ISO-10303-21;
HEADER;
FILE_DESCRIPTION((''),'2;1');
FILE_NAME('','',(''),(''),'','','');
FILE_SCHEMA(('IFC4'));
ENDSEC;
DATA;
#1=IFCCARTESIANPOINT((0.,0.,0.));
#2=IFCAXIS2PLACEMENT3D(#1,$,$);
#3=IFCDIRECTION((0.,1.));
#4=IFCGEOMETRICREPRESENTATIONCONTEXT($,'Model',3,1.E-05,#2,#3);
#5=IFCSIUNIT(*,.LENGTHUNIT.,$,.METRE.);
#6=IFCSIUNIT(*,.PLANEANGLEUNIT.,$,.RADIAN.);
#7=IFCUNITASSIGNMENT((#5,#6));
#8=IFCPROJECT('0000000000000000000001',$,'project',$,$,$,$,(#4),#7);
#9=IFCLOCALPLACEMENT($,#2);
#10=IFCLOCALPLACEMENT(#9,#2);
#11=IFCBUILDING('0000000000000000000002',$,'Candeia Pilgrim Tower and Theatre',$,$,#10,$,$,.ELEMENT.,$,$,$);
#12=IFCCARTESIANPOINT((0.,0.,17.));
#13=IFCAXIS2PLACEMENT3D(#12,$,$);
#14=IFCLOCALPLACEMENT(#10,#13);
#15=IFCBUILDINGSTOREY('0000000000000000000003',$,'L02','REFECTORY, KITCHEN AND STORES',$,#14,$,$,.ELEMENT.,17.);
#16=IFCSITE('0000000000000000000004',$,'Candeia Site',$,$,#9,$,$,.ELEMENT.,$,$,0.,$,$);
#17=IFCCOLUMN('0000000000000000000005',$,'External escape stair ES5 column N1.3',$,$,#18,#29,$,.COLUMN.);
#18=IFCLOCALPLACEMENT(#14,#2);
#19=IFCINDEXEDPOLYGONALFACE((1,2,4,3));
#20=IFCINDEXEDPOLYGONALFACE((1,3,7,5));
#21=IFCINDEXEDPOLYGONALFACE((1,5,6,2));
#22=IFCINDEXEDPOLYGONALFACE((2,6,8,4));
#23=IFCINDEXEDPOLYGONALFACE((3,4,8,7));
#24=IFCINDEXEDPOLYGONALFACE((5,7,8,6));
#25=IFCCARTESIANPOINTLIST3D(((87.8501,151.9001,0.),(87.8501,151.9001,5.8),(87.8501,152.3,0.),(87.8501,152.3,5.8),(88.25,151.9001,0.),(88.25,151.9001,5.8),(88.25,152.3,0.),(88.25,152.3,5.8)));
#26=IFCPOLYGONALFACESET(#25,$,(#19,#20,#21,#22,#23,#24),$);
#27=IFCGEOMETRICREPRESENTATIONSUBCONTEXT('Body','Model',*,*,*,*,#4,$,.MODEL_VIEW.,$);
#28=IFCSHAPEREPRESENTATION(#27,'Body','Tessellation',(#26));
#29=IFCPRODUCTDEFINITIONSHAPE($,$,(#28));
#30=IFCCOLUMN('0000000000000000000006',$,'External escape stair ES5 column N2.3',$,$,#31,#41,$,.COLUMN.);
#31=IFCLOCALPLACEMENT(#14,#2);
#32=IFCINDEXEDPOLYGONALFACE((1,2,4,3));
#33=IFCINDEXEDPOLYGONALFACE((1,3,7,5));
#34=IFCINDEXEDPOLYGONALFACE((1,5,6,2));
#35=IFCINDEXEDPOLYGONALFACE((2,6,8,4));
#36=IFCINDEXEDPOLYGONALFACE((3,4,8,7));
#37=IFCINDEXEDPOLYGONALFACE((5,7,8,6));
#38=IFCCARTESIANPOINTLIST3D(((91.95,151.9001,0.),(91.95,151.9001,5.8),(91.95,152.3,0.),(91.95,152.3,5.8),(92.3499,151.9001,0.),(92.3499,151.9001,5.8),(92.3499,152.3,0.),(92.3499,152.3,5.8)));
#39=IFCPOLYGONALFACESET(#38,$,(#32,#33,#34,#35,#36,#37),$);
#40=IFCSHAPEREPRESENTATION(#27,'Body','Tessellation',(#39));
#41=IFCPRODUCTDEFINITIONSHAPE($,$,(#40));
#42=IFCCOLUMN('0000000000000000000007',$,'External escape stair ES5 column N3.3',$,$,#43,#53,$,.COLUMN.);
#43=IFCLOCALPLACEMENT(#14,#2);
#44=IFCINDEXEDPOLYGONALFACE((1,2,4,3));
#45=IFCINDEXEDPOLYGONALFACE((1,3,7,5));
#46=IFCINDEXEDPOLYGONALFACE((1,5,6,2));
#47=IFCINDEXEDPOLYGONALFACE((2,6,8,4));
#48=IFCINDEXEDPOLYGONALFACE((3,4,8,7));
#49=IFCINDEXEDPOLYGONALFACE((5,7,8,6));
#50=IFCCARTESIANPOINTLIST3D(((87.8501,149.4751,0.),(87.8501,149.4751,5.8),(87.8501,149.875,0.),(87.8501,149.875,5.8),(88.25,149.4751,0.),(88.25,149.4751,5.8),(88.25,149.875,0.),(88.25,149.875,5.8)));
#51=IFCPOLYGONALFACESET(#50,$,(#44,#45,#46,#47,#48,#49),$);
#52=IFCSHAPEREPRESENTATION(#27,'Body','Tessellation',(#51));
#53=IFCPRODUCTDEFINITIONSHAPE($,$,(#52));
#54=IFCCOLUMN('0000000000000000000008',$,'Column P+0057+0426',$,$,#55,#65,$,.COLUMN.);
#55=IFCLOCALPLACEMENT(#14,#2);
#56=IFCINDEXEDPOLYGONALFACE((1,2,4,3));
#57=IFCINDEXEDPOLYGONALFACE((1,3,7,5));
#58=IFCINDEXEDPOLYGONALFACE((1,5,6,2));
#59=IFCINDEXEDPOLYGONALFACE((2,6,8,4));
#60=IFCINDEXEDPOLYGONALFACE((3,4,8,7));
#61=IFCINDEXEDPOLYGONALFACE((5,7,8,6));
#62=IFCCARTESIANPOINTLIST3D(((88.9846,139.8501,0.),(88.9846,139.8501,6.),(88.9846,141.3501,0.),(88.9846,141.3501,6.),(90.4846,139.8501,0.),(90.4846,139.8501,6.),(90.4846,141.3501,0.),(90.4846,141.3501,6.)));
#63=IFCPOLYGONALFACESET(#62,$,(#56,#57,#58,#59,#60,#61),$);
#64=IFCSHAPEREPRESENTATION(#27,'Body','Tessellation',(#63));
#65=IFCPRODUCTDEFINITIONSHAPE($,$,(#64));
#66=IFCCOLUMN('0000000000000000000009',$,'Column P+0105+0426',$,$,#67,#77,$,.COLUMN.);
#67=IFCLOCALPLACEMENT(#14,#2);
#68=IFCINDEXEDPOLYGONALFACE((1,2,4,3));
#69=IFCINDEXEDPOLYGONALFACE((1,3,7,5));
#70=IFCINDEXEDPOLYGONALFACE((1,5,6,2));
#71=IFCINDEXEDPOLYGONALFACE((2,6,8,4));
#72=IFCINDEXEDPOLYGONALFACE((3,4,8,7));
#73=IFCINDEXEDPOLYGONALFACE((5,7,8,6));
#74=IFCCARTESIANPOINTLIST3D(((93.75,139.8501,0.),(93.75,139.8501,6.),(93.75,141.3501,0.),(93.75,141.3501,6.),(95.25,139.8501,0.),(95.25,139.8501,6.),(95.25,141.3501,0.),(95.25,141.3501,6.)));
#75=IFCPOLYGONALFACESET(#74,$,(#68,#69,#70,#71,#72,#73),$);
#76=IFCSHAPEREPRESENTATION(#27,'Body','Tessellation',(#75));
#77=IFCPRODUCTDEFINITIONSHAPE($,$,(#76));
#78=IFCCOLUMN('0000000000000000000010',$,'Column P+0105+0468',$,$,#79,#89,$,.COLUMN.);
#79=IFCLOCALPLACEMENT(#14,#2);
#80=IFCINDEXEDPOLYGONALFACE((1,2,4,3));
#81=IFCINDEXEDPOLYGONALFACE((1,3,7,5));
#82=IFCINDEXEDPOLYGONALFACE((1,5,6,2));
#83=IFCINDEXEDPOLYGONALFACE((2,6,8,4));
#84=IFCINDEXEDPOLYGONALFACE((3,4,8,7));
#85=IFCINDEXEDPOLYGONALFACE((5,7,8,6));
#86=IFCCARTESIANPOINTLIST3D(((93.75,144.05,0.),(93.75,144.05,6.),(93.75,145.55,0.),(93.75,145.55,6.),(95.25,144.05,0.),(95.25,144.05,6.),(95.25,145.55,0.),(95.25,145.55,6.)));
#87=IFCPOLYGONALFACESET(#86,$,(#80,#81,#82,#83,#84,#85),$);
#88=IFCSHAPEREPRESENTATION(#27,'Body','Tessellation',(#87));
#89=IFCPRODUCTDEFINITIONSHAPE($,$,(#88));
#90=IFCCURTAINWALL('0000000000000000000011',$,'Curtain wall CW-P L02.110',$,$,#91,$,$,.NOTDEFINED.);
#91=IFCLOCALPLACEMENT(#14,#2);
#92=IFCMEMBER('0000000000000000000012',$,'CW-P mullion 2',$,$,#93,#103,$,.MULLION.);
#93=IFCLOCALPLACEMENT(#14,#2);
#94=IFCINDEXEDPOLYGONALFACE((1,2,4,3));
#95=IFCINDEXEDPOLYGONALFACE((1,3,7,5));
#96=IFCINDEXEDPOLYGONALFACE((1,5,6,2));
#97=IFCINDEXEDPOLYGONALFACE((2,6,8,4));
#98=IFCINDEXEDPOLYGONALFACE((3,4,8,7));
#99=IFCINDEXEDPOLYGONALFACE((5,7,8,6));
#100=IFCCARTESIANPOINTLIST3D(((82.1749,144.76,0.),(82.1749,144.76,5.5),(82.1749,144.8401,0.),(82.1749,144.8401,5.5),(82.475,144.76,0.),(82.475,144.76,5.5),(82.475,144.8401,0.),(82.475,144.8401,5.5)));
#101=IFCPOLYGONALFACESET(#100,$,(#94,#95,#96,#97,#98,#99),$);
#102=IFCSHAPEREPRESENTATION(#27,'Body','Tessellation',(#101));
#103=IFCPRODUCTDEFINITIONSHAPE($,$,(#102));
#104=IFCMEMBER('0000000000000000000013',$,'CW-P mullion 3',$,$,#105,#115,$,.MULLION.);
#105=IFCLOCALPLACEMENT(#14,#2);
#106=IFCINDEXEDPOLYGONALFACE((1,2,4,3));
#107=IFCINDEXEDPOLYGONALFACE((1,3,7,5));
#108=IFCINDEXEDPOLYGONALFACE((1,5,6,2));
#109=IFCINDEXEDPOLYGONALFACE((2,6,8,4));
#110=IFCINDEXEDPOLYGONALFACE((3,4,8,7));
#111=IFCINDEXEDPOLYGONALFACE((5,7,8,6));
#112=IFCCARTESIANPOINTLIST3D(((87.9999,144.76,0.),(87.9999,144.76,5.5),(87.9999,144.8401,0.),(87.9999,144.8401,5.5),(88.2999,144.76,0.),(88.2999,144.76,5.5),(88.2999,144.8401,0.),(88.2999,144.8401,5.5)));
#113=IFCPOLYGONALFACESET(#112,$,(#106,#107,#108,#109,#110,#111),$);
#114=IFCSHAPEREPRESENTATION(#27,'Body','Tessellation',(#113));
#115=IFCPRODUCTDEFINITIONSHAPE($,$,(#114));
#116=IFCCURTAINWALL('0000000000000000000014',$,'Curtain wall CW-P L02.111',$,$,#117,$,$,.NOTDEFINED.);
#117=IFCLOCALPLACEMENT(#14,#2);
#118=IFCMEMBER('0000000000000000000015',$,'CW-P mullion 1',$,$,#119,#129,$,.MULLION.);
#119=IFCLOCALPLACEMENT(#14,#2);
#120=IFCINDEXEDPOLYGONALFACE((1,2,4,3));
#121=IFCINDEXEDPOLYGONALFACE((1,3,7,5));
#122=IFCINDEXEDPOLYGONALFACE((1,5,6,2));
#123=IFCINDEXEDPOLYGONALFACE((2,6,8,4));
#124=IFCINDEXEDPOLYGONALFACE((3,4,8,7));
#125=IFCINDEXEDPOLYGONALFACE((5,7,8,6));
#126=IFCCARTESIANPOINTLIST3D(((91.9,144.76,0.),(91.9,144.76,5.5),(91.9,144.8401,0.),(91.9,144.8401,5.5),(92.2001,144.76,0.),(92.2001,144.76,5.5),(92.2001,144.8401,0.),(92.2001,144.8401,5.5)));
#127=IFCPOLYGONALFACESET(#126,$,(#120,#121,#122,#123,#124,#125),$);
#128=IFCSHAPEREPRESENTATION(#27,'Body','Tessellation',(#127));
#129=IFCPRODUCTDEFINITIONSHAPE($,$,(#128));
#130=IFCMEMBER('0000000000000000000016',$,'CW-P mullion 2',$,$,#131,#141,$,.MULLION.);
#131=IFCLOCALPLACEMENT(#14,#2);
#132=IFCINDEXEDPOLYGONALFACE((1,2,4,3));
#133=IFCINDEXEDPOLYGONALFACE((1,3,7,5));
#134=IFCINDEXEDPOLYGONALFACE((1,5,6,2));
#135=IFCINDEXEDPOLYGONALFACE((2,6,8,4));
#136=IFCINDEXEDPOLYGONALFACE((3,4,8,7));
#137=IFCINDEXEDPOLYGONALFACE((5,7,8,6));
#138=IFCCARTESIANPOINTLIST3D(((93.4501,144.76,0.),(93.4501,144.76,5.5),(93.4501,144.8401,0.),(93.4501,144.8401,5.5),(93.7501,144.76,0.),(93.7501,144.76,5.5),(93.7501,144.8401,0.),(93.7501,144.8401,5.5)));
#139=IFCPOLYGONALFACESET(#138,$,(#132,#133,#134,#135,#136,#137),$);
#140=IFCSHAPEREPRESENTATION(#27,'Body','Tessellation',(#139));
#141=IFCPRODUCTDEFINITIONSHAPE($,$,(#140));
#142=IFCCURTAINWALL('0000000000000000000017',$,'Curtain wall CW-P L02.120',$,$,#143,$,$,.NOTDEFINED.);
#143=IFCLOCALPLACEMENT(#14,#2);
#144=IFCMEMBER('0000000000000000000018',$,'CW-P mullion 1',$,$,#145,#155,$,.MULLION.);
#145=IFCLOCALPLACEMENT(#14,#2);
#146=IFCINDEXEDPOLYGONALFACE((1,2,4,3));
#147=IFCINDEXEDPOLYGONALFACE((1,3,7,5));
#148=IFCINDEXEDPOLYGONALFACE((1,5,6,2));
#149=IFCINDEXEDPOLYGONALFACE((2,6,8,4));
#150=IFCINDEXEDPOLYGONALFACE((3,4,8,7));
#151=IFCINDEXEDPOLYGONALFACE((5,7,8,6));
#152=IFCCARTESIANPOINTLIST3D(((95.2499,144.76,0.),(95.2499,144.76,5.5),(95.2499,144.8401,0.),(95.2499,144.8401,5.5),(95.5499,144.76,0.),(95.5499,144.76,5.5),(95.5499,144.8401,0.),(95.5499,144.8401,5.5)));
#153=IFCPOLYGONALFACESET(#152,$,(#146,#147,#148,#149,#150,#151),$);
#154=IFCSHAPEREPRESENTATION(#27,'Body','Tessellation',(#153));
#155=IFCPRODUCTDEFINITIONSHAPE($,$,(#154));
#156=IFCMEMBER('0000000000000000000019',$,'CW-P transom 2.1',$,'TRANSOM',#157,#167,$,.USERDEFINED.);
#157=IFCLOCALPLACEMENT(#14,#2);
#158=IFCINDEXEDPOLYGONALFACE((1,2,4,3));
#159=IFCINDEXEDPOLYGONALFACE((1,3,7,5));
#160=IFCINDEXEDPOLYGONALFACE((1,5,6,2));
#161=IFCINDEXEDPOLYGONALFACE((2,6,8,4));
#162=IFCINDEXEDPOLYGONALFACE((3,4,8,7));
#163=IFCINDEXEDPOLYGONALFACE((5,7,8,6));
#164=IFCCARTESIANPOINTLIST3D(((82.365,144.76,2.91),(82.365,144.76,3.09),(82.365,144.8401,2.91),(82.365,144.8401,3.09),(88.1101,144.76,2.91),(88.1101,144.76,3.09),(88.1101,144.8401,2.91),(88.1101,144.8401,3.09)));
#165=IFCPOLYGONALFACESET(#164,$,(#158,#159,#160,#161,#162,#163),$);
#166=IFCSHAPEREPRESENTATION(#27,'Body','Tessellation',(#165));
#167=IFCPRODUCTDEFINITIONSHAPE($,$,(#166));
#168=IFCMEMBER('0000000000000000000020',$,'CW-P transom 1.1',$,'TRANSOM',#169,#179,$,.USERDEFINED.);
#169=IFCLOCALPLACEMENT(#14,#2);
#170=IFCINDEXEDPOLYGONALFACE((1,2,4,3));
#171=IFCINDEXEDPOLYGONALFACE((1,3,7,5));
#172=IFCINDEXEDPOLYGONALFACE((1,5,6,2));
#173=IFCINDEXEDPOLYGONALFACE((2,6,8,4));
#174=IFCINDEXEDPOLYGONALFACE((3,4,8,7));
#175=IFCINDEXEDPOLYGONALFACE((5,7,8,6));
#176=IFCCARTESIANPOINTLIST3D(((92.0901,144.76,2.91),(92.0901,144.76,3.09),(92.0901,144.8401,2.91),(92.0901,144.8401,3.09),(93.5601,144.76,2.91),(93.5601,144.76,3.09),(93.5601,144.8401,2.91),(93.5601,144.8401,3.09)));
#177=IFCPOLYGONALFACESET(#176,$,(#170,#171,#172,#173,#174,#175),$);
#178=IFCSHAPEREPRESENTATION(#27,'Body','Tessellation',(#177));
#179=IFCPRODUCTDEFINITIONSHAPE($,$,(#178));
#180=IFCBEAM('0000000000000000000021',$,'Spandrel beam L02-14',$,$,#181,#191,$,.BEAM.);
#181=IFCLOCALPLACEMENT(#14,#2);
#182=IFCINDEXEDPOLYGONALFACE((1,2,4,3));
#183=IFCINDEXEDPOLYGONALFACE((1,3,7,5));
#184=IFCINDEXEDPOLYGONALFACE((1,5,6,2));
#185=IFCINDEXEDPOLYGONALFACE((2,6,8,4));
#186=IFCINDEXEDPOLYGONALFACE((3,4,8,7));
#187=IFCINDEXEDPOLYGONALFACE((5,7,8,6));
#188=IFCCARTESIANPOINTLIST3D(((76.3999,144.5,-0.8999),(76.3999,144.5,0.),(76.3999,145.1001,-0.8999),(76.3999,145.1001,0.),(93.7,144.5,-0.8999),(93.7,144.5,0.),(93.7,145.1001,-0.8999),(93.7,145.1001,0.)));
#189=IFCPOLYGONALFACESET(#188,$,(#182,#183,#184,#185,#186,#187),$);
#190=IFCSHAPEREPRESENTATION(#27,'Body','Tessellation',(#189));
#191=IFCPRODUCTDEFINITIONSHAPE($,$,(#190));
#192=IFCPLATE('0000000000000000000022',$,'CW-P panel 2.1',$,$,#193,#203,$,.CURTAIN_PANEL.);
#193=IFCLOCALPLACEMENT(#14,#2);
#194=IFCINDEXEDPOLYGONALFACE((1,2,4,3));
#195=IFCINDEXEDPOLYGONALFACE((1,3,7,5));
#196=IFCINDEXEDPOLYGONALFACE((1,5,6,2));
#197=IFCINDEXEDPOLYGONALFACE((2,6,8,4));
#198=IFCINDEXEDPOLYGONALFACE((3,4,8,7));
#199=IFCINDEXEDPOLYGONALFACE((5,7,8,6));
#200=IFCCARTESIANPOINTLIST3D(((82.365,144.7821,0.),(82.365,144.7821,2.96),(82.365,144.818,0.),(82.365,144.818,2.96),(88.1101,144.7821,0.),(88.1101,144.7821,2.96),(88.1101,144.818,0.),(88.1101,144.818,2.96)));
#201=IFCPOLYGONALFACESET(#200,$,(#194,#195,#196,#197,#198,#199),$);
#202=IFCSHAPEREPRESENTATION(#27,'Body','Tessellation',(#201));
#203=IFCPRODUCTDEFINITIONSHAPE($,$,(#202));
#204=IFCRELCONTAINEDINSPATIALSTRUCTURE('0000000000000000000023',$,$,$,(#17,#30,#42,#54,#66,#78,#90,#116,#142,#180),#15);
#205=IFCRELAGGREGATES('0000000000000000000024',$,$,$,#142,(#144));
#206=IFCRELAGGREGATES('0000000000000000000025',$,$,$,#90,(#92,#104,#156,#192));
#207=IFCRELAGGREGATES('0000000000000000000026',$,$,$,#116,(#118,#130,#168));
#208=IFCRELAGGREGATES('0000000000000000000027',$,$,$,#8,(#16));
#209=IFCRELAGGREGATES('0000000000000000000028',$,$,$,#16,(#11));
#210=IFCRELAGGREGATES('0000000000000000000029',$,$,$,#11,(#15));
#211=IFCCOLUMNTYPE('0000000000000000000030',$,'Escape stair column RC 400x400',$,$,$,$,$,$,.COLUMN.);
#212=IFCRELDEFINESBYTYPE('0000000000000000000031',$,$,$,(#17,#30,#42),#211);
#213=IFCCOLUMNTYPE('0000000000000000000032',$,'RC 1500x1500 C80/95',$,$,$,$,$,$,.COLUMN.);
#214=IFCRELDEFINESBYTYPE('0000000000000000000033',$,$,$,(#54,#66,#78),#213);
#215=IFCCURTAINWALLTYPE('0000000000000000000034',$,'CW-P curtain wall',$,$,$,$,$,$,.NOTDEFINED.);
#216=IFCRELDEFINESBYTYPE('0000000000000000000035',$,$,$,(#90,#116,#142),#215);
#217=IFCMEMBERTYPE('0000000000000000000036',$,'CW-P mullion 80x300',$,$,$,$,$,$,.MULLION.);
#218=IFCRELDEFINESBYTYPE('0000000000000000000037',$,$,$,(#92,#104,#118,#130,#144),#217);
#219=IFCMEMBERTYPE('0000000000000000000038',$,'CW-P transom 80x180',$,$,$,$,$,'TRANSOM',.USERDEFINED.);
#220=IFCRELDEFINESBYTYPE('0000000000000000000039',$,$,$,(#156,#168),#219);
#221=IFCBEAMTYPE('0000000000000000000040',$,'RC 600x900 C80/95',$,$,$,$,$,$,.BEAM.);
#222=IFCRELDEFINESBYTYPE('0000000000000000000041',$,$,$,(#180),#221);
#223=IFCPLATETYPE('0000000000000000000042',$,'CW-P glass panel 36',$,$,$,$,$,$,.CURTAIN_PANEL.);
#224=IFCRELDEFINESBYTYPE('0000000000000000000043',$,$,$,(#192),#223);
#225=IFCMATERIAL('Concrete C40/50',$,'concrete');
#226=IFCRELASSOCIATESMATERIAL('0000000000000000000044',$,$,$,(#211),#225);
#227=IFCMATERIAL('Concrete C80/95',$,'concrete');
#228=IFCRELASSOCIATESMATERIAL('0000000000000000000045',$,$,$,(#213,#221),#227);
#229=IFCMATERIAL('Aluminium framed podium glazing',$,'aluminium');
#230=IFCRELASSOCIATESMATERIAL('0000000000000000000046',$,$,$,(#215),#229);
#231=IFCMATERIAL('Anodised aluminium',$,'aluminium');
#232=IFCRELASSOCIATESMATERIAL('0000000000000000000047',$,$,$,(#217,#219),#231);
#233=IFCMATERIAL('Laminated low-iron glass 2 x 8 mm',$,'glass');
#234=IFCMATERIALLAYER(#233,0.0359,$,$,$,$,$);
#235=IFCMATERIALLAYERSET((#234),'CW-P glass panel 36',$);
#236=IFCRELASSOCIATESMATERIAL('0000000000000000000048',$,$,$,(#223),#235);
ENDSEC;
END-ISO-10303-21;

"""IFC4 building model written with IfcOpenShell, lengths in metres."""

from ifc_helpers import new_model, si_unit, direction, frame, origin, origin_2d, place, context, subcontext, project, spatial, rectangle, extrude, material, layer, layer_set, material_profile, profile_set, type_object, element, aggregate, save


model = new_model("IFC4")

# Units and contexts
model_context = context("Model", 3, precision=1e-05, world=origin(), true_north=direction((0.0, 1.0)))
body_context = subcontext(model_context, "Body", "Model", "MODEL_VIEW")
ifc_project = project(units=[si_unit("LENGTHUNIT", "METRE"), si_unit("PLANEANGLEUNIT", "RADIAN")], contexts=[model_context])

# Site, building, storey
site_placement = place(None, origin())
site = spatial("IfcSite", under=ifc_project, at=site_placement, Name="Candeia Site", CompositionType="ELEMENT", RefElevation=0.0)
building_placement = place(site_placement, origin())
building = spatial("IfcBuilding", under=site, at=building_placement, Name="Candeia Pilgrim Tower and Theatre", CompositionType="ELEMENT")
storey_placement = place(building_placement, frame((0.0, 0.0, 17.0)))
storey = spatial("IfcBuildingStorey", under=building, at=storey_placement, Name="L02", Description="REFECTORY, KITCHEN AND STORES", CompositionType="ELEMENT", Elevation=17.0)

# Columns
ifc_material_1 = material(Name="Concrete C40/50", Category="concrete")
ifc_material_profile_1 = material_profile(ifc_material_1, rectangle(XDim=0.3999, YDim=0.3999, at=origin_2d()))
ifc_profile_set_1 = profile_set([ifc_material_profile_1], Name="Concrete C40/50")
column_type_1 = type_object("IfcColumnType", Name="Escape stair column RC 400x400", PredefinedType="COLUMN", material=ifc_profile_set_1)
for number, where, z_axis, x_axis, name in (
    (1, (88.05, 152.1001, 0.0), (0.0, 0.0, 1.0), (1.0, 0.0, 0.0), "External escape stair ES5 column N1.3"),
    (2, (92.1499, 152.1001, 0.0), (0.0, 0.0, 1.0), (1.0, 0.0, 0.0), "External escape stair ES5 column N2.3"),
    (3, (88.05, 149.675, 0.0), (0.0, 0.0, 1.0), (1.0, 0.0, 0.0), "External escape stair ES5 column N3.3"),
):
    element("IfcColumn", number, at=place(storey_placement, frame(where, z_axis=z_axis, x_axis=x_axis)), inside=storey, type_object=column_type_1, Name=name, PredefinedType="COLUMN", context=body_context, shape_type="SweptSolid", body=[
        extrude(rectangle(XDim=0.3999, YDim=0.3999, at=origin_2d()), origin(), (0.0, 0.0, 1.0), 5.8),
    ])
ifc_material_2 = material(Name="Concrete C80/95", Category="concrete")
ifc_material_profile_2 = material_profile(ifc_material_2, rectangle(XDim=1.5, YDim=1.5, at=origin_2d()))
ifc_profile_set_2 = profile_set([ifc_material_profile_2], Name="Concrete C80/95")
column_type_2 = type_object("IfcColumnType", Name="RC 1500x1500 C80/95", PredefinedType="COLUMN", material=ifc_profile_set_2)
for number, where, z_axis, x_axis, name in (
    (4, (89.7346, 140.6001, 0.0), (0.0, 0.0, 1.0), (1.0, 0.0, 0.0), "Column P+0057+0426"),
    (5, (94.5, 140.6001, 0.0), (0.0, 0.0, 1.0), (1.0, 0.0, 0.0), "Column P+0105+0426"),
    (6, (94.5, 144.8, 0.0), (0.0, 0.0, 1.0), (1.0, 0.0, 0.0), "Column P+0105+0468"),
):
    element("IfcColumn", number, at=place(storey_placement, frame(where, z_axis=z_axis, x_axis=x_axis)), inside=storey, type_object=column_type_2, Name=name, PredefinedType="COLUMN", context=body_context, shape_type="SweptSolid", body=[
        extrude(rectangle(XDim=1.5, YDim=1.5, at=origin_2d()), origin(), (0.0, 0.0, 1.0), 6.0),
    ])

# Curtain walls, members
ifc_material_3 = material(Name="Aluminium framed podium glazing", Category="aluminium")
curtain_wall_type = type_object("IfcCurtainWallType", Name="CW-P curtain wall", PredefinedType="NOTDEFINED", material=ifc_material_3)
curtain_wall_1_placement = place(storey_placement, origin())
curtain_wall_1 = element("IfcCurtainWall", 7, at=curtain_wall_1_placement, inside=storey, type_object=curtain_wall_type, Name="Curtain wall CW-P L02.110", PredefinedType="NOTDEFINED")
ifc_material_4 = material(Name="Anodised aluminium", Category="aluminium")
ifc_material_profile_3 = material_profile(ifc_material_4, rectangle(XDim=0.0801, YDim=0.3, at=origin_2d()))
ifc_profile_set_3 = profile_set([ifc_material_profile_3], Name="Anodised aluminium")
member_type_1 = type_object("IfcMemberType", Name="CW-P mullion 80x300", PredefinedType="MULLION", material=ifc_profile_set_3)
member_1_placement = place(storey_placement, frame((82.325, 144.8, 0.0), z_axis=(0.0, 0.0, 1.0), x_axis=(0.0, 1.0, 0.0)))
member_1 = element("IfcMember", 8, at=member_1_placement, type_object=member_type_1, Name="CW-P mullion 2", PredefinedType="MULLION", context=body_context, shape_type="SweptSolid", body=[
    extrude(rectangle(XDim=0.0801, YDim=0.3, at=origin_2d()), origin(), (0.0, 0.0, 1.0), 5.5),
])
member_2_placement = place(storey_placement, frame((88.1499, 144.8, 0.0), z_axis=(0.0, 0.0, 1.0), x_axis=(0.0, 1.0, 0.0)))
member_2 = element("IfcMember", 9, at=member_2_placement, type_object=member_type_1, Name="CW-P mullion 3", PredefinedType="MULLION", context=body_context, shape_type="SweptSolid", body=[
    extrude(rectangle(XDim=0.0801, YDim=0.3, at=origin_2d()), origin(), (0.0, 0.0, 1.0), 5.5),
])
curtain_wall_2_placement = place(storey_placement, origin())
curtain_wall_2 = element("IfcCurtainWall", 10, at=curtain_wall_2_placement, inside=storey, type_object=curtain_wall_type, Name="Curtain wall CW-P L02.111", PredefinedType="NOTDEFINED")
member_3_placement = place(storey_placement, frame((92.05, 144.8, 0.0), z_axis=(0.0, 0.0, 1.0), x_axis=(0.0, 1.0, 0.0)))
member_3 = element("IfcMember", 11, at=member_3_placement, type_object=member_type_1, Name="CW-P mullion 1", PredefinedType="MULLION", context=body_context, shape_type="SweptSolid", body=[
    extrude(rectangle(XDim=0.0801, YDim=0.3, at=origin_2d()), origin(), (0.0, 0.0, 1.0), 5.5),
])
member_4_placement = place(storey_placement, frame((93.6001, 144.8, 0.0), z_axis=(0.0, 0.0, 1.0), x_axis=(0.0, 1.0, 0.0)))
member_4 = element("IfcMember", 12, at=member_4_placement, type_object=member_type_1, Name="CW-P mullion 2", PredefinedType="MULLION", context=body_context, shape_type="SweptSolid", body=[
    extrude(rectangle(XDim=0.0801, YDim=0.3, at=origin_2d()), origin(), (0.0, 0.0, 1.0), 5.5),
])

# Curtain wall, member
curtain_wall_3_placement = place(storey_placement, origin())
curtain_wall_3 = element("IfcCurtainWall", 13, at=curtain_wall_3_placement, inside=storey, type_object=curtain_wall_type, Name="Curtain wall CW-P L02.120", PredefinedType="NOTDEFINED")
member_5_placement = place(storey_placement, frame((95.3999, 144.8, 0.0), z_axis=(0.0, 0.0, 1.0), x_axis=(0.0, 1.0, 0.0)))
member_5 = element("IfcMember", 14, at=member_5_placement, type_object=member_type_1, Name="CW-P mullion 1", PredefinedType="MULLION", context=body_context, shape_type="SweptSolid", body=[
    extrude(rectangle(XDim=0.0801, YDim=0.3, at=origin_2d()), origin(), (0.0, 0.0, 1.0), 5.5),
])
aggregate(curtain_wall_3, [member_5])

# Members
ifc_material_profile_4 = material_profile(ifc_material_4, rectangle(XDim=0.0801, YDim=0.1799, at=origin_2d()))
ifc_profile_set_4 = profile_set([ifc_material_profile_4], Name="Anodised aluminium")
member_type_2 = type_object("IfcMemberType", Name="CW-P transom 80x180", ElementType="TRANSOM", PredefinedType="USERDEFINED", material=ifc_profile_set_4)
member_6_placement = place(storey_placement, frame((82.365, 144.8, 3.0), z_axis=(1.0, 0.0, 0.0), x_axis=(0.0, 1.0, 0.0)))
member_6 = element("IfcMember", 15, at=member_6_placement, type_object=member_type_2, Name="CW-P transom 2.1", ObjectType="TRANSOM", PredefinedType="USERDEFINED", context=body_context, shape_type="SweptSolid", body=[
    extrude(rectangle(XDim=0.0801, YDim=0.1799, at=origin_2d()), origin(), (0.0, 0.0, 1.0), 5.7451),
])
member_7_placement = place(storey_placement, frame((92.0901, 144.8, 3.0), z_axis=(1.0, 0.0, 0.0), x_axis=(0.0, 1.0, 0.0)))
member_7 = element("IfcMember", 16, at=member_7_placement, type_object=member_type_2, Name="CW-P transom 1.1", ObjectType="TRANSOM", PredefinedType="USERDEFINED", context=body_context, shape_type="SweptSolid", body=[
    extrude(rectangle(XDim=0.0801, YDim=0.1799, at=origin_2d()), origin(), (0.0, 0.0, 1.0), 1.47),
])

# Beam
ifc_material_profile_5 = material_profile(ifc_material_2, rectangle(XDim=0.6001, YDim=0.8999, at=origin_2d()))
ifc_profile_set_5 = profile_set([ifc_material_profile_5], Name="Concrete C80/95")
beam_type = type_object("IfcBeamType", Name="RC 600x900 C80/95", PredefinedType="BEAM", material=ifc_profile_set_5)
beam_placement = place(storey_placement, frame((93.7, 144.8, -0.45), z_axis=(-1.0, 0.0, 0.0), x_axis=(0.0, -1.0, 0.0)))
element("IfcBeam", 17, at=beam_placement, inside=storey, type_object=beam_type, Name="Spandrel beam L02-14", PredefinedType="BEAM", context=body_context, shape_type="SweptSolid", body=[
    extrude(rectangle(XDim=0.6001, YDim=0.8999, at=origin_2d()), origin(), (0.0, 0.0, 1.0), 17.3),
])

# Plate
ifc_material_5 = material(Name="Laminated low-iron glass 2 x 8 mm", Category="glass")
ifc_layer_1 = layer(ifc_material_5, 0.0359)
ifc_layer_set_1 = layer_set([ifc_layer_1], Name="CW-P glass panel 36")
plate_type = type_object("IfcPlateType", Name="CW-P glass panel 36", PredefinedType="CURTAIN_PANEL", material=ifc_layer_set_1)
plate_1_placement = place(storey_placement, frame((85.2375, 144.8, 0.0), z_axis=(0.0, 0.0, 1.0), x_axis=(1.0, 0.0, 0.0)))
plate_1 = element("IfcPlate", 18, at=plate_1_placement, type_object=plate_type, Name="CW-P panel 2.1", PredefinedType="CURTAIN_PANEL", context=body_context, shape_type="SweptSolid", body=[
    extrude(rectangle(XDim=5.7451, YDim=0.0359, at=origin_2d()), origin(), (0.0, 0.0, 1.0), 2.96),
])
aggregate(curtain_wall_1, [member_1, member_2, member_6, plate_1])
aggregate(curtain_wall_2, [member_3, member_4, member_7])

save(model, "model.ifc")
